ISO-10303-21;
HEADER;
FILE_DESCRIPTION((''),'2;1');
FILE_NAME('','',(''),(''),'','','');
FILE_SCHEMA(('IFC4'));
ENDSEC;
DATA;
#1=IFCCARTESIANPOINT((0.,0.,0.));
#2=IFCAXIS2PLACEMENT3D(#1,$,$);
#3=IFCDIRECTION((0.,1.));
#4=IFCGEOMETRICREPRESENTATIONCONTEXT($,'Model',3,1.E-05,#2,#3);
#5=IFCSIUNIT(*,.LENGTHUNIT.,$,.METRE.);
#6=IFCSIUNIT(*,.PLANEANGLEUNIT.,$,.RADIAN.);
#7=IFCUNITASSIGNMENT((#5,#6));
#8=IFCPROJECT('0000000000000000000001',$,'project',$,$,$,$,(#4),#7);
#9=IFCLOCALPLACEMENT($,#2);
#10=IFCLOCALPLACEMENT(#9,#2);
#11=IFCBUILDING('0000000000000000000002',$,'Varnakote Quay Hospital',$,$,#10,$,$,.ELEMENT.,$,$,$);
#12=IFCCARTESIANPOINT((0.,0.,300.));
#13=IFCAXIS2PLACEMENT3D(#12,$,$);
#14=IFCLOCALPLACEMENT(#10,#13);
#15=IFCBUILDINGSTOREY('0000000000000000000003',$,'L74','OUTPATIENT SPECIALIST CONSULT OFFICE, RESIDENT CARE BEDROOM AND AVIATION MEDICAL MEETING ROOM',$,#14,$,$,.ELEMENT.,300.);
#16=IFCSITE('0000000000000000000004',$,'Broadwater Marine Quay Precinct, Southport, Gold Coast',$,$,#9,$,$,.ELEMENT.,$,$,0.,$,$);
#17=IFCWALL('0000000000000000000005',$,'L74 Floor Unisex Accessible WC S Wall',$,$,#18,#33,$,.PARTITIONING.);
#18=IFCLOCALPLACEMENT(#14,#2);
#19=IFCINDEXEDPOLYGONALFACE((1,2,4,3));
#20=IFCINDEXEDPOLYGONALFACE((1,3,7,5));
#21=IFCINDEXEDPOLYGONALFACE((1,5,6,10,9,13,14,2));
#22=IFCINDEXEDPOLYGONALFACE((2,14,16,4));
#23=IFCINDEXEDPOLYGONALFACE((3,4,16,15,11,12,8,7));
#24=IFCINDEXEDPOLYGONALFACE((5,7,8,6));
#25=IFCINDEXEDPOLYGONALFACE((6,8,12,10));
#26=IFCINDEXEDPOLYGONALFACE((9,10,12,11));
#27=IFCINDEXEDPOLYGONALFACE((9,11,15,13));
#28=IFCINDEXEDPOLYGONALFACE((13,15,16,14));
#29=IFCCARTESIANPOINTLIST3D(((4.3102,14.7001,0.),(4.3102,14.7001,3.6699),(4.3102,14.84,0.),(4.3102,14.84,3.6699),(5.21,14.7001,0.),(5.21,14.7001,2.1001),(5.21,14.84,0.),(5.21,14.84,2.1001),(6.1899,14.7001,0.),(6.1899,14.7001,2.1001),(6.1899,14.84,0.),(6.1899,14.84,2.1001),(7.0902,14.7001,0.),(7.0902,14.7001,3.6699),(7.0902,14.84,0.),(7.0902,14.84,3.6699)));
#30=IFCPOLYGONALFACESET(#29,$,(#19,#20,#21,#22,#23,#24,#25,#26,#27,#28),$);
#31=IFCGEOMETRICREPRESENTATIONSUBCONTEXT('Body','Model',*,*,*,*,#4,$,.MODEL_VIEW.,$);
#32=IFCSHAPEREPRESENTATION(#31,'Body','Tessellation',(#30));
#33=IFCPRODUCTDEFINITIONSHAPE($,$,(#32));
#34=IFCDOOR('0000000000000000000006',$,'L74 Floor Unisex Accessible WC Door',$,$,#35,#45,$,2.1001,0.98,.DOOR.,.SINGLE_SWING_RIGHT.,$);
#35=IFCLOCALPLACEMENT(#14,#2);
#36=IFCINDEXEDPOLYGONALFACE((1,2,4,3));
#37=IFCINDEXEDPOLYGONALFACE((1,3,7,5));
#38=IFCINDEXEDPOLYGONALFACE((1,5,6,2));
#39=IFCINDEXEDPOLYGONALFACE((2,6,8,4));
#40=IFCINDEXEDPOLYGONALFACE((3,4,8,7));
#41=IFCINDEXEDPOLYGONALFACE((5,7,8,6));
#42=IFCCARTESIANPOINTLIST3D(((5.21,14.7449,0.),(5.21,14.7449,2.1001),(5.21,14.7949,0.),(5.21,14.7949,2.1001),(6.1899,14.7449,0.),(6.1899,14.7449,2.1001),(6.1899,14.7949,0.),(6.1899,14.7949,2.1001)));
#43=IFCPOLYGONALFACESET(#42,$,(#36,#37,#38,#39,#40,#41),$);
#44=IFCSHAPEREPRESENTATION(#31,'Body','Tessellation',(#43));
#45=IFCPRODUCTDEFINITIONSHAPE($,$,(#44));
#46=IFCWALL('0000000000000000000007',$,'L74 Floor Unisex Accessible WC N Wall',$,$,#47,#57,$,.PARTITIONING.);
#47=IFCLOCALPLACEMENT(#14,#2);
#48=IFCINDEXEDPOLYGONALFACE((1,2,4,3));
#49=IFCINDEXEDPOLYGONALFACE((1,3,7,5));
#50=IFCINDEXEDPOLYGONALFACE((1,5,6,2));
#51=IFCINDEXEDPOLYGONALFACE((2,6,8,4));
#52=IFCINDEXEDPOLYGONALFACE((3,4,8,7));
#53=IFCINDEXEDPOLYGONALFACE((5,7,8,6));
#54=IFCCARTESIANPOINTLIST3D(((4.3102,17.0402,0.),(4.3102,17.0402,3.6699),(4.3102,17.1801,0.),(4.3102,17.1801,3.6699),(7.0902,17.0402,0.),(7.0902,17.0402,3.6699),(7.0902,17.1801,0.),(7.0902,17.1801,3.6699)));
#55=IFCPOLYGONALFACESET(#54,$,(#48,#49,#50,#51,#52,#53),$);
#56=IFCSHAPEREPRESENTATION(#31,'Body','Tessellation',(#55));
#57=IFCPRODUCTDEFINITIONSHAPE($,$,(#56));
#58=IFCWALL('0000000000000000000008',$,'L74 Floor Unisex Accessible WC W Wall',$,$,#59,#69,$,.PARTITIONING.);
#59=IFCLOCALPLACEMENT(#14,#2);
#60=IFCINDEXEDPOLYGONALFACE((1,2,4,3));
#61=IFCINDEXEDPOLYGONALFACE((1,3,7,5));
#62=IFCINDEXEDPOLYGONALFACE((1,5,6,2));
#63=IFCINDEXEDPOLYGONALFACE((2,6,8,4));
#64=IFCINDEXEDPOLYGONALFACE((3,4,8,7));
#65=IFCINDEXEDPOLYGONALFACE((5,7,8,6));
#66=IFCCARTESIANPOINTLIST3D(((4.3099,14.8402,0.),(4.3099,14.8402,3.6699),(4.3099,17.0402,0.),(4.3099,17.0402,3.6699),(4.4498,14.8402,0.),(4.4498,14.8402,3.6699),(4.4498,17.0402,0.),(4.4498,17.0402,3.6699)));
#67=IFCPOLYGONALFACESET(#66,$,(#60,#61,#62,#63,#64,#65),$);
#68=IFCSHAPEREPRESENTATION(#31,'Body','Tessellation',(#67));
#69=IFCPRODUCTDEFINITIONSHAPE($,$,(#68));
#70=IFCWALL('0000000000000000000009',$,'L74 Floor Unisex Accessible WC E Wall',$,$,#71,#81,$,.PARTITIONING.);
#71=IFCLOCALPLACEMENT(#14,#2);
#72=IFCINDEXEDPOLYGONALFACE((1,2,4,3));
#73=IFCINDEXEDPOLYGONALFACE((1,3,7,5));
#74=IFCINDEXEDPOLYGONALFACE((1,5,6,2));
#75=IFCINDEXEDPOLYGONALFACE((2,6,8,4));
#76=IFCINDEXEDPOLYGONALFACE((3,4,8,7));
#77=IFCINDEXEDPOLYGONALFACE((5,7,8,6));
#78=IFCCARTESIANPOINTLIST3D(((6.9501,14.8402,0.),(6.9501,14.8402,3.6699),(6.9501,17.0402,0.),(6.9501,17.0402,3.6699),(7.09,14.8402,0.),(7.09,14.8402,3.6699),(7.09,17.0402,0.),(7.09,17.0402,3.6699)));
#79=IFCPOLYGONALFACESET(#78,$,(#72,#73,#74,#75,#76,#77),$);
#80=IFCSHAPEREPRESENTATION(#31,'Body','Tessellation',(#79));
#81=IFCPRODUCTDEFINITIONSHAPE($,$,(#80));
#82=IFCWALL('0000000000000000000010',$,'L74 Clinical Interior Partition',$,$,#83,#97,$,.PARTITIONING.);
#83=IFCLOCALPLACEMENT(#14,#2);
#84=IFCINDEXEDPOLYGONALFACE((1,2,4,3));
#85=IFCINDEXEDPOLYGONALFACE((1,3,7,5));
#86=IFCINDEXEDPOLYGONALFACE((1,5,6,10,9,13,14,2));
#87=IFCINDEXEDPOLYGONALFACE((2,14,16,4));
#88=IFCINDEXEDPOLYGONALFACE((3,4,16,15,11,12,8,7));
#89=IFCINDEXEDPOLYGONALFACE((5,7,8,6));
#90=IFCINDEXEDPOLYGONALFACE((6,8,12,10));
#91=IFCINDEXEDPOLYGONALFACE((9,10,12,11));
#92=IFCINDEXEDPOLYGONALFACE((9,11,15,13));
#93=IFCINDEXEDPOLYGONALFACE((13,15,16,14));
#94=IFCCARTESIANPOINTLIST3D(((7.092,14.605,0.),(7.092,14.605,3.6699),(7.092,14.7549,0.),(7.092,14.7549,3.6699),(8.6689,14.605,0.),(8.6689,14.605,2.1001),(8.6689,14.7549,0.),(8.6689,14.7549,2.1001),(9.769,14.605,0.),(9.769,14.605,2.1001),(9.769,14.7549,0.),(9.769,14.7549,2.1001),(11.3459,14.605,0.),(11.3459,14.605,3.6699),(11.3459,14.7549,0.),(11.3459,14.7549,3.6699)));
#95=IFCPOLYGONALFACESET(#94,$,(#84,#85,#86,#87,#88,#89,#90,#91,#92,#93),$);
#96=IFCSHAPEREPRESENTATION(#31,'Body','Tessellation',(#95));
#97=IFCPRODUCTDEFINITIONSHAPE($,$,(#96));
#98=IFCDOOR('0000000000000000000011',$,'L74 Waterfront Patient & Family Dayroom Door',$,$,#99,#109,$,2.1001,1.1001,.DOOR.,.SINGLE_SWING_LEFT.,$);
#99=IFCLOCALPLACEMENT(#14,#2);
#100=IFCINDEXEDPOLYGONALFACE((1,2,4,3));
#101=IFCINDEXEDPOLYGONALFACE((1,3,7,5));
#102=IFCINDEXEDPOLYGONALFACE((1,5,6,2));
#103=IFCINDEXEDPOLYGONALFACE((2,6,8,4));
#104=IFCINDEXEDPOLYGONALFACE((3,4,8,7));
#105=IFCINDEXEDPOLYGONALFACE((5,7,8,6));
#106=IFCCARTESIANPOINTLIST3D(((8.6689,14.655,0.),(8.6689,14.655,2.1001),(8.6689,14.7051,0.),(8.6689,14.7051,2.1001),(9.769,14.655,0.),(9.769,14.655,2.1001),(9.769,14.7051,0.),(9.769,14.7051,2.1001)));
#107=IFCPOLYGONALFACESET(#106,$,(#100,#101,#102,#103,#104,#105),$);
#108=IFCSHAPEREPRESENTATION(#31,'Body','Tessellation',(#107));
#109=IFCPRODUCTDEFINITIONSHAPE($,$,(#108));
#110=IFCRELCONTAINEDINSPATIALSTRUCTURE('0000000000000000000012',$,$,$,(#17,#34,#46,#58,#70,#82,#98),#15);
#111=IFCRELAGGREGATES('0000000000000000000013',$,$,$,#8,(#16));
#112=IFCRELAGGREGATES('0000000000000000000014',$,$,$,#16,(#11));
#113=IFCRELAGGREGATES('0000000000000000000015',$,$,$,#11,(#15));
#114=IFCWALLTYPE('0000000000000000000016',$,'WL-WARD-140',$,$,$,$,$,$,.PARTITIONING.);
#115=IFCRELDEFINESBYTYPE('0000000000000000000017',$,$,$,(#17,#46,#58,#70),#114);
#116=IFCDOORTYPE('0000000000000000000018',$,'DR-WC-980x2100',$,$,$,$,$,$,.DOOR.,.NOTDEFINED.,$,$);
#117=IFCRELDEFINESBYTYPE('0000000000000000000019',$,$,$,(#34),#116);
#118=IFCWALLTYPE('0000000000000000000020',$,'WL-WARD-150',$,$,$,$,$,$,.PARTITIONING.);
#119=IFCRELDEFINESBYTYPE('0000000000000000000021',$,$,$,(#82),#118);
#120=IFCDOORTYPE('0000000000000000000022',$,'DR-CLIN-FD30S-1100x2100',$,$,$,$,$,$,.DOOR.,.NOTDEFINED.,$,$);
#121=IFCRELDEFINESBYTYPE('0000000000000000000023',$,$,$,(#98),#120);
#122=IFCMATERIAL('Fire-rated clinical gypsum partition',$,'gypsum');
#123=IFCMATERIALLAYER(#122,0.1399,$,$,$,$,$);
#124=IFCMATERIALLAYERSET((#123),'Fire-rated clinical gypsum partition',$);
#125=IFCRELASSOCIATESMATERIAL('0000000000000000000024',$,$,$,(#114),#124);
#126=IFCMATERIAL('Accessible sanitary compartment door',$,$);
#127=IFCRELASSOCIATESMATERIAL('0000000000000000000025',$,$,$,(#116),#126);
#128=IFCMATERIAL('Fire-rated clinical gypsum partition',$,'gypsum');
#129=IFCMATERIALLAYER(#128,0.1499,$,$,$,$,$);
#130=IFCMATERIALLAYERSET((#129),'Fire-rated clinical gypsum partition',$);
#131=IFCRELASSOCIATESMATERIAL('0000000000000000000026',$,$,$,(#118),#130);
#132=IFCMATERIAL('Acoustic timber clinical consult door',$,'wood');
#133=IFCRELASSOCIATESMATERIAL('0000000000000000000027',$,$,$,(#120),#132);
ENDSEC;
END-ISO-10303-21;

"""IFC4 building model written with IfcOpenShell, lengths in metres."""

from ifc_helpers import new_model, si_unit, direction, frame, frame_2d, origin, place, context, subcontext, project, spatial, rectangle, extrude, material, layer, layer_set, type_object, element, fill, save


model = new_model("IFC4")

# Units and contexts
model_context = context("Model", 3, precision=1e-05, world=origin(), true_north=direction((0.0, 1.0)))
body_context = subcontext(model_context, "Body", "Model", "MODEL_VIEW")
ifc_project = project(units=[si_unit("LENGTHUNIT", "METRE"), si_unit("PLANEANGLEUNIT", "RADIAN")], contexts=[model_context])

# Site, building, storey
site_placement = place(None, origin())
site = spatial("IfcSite", under=ifc_project, at=site_placement, Name="Broadwater Marine Quay Precinct, Southport, Gold Coast", CompositionType="ELEMENT", RefElevation=0.0)
building_placement = place(site_placement, origin())
building = spatial("IfcBuilding", under=site, at=building_placement, Name="Varnakote Quay Hospital", CompositionType="ELEMENT")
storey_placement = place(building_placement, frame((0.0, 0.0, 300.0)))
storey = spatial("IfcBuildingStorey", under=building, at=storey_placement, Name="L74", Description="OUTPATIENT SPECIALIST CONSULT OFFICE, RESIDENT CARE BEDROOM AND AVIATION MEDICAL MEETING ROOM", CompositionType="ELEMENT", Elevation=300.0)

# Wall, opening, door
ifc_material_1 = material(Name="Fire-rated clinical gypsum partition", Category="gypsum")
ifc_layer_1 = layer(ifc_material_1, 0.1399)
ifc_layer_set_1 = layer_set([ifc_layer_1], Name="Fire-rated clinical gypsum partition")
wall_type_1 = type_object("IfcWallType", Name="WL-WARD-140", PredefinedType="PARTITIONING", material=ifc_layer_set_1)
wall_1_placement = place(storey_placement, frame((4.3101, 14.77, 0.0), z_axis=(0.0, 0.0, 1.0), x_axis=(1.0, 0.0, 0.0)))
wall_1 = element("IfcWall", 1, at=wall_1_placement, inside=storey, type_object=wall_type_1, Name="L74 Floor Unisex Accessible WC S Wall", PredefinedType="PARTITIONING", context=body_context, shape_type="SweptSolid", body=[
    extrude(rectangle(XDim=2.78, YDim=0.1399, at=frame_2d((1.3901, 0.0))), origin(), (0.0, 0.0, 1.0), 3.6699),
])
opening_1_placement = place(wall_1_placement, frame((0.8999, 0.0, 0.0)))
opening_1 = element("IfcOpeningElement", 2, at=opening_1_placement, cuts=wall_1, PredefinedType="OPENING", context=body_context, shape_type="SweptSolid", body=[
    extrude(rectangle(XDim=0.98, YDim=2.1001, at=frame_2d((0.49, 1.05))), frame((0.0, 0.0798, 0.0), z_axis=(0.0, -1.0, 0.0), x_axis=(1.0, 0.0, 0.0)), (0.0, 0.0, 1.0), 0.1599),
])
ifc_material_2 = material(Name="Accessible sanitary compartment door")
door_type_1 = type_object("IfcDoorType", Name="DR-WC-980x2100", OperationType="NOTDEFINED", PredefinedType="DOOR", material=ifc_material_2)
door_1_placement = place(opening_1_placement, origin())
door_1 = element("IfcDoor", 3, at=door_1_placement, inside=storey, type_object=door_type_1, Name="L74 Floor Unisex Accessible WC Door", OperationType="SINGLE_SWING_RIGHT", OverallHeight=2.1001, OverallWidth=0.98, PredefinedType="DOOR", context=body_context, shape_type="SweptSolid", body=[
    extrude(rectangle(XDim=0.98, YDim=2.1001, at=frame_2d((0.49, 1.05))), frame((0.0, 0.0249, 0.0), z_axis=(0.0, -1.0, 0.0), x_axis=(1.0, 0.0, 0.0)), (0.0, 0.0, 1.0), 0.05),
])
fill(opening_1, door_1)

# Walls
wall_2_placement = place(storey_placement, frame((4.3101, 17.1101, 0.0), z_axis=(0.0, 0.0, 1.0), x_axis=(1.0, 0.0, 0.0)))
element("IfcWall", 4, at=wall_2_placement, inside=storey, type_object=wall_type_1, Name="L74 Floor Unisex Accessible WC N Wall", PredefinedType="PARTITIONING", context=body_context, shape_type="SweptSolid", body=[
    extrude(rectangle(XDim=2.78, YDim=0.1399, at=frame_2d((1.3901, 0.0))), origin(), (0.0, 0.0, 1.0), 3.6699),
])
for number, where, z_axis, x_axis, name in (
    (5, (4.3799, 14.8401, 0.0), (0.0, 0.0, 1.0), (0.0, 1.0, 0.0), "L74 Floor Unisex Accessible WC W Wall"),
    (6, (7.02, 14.8401, 0.0), (0.0, 0.0, 1.0), (0.0, 1.0, 0.0), "L74 Floor Unisex Accessible WC E Wall"),
):
    element("IfcWall", number, at=place(storey_placement, frame(where, z_axis=z_axis, x_axis=x_axis)), inside=storey, type_object=wall_type_1, Name=name, PredefinedType="PARTITIONING", context=body_context, shape_type="SweptSolid", body=[
        extrude(rectangle(XDim=2.2, YDim=0.1399, at=frame_2d((1.1001, 0.0))), origin(), (0.0, 0.0, 1.0), 3.6699),
    ])

# Wall, opening, door
ifc_material_3 = material(Name="Fire-rated clinical gypsum partition", Category="gypsum")
ifc_layer_2 = layer(ifc_material_3, 0.1499)
ifc_layer_set_2 = layer_set([ifc_layer_2], Name="Fire-rated clinical gypsum partition")
wall_type_2 = type_object("IfcWallType", Name="WL-WARD-150", PredefinedType="PARTITIONING", material=ifc_layer_set_2)
wall_3_placement = place(storey_placement, frame((11.3459, 14.6799, 0.0), z_axis=(0.0, 0.0, 1.0), x_axis=(-1.0, 0.0, 0.0)))
wall_3 = element("IfcWall", 7, at=wall_3_placement, inside=storey, type_object=wall_type_2, Name="L74 Clinical Interior Partition", PredefinedType="PARTITIONING", context=body_context, shape_type="SweptSolid", body=[
    extrude(rectangle(XDim=4.2539, YDim=0.1499, at=frame_2d((2.127, 0.0))), origin(), (0.0, 0.0, 1.0), 3.6699),
])
opening_2_placement = place(wall_3_placement, frame((1.5769, 0.0, 0.0)))
opening_2 = element("IfcOpeningElement", 8, at=opening_2_placement, cuts=wall_3, PredefinedType="OPENING", context=body_context, shape_type="SweptSolid", body=[
    extrude(rectangle(XDim=1.1001, YDim=2.1001, at=frame_2d((0.55, 1.05))), frame((0.0, 0.085, 0.0), z_axis=(0.0, -1.0, 0.0), x_axis=(1.0, 0.0, 0.0)), (0.0, 0.0, 1.0), 0.1699),
])
ifc_material_4 = material(Name="Acoustic timber clinical consult door", Category="wood")
door_type_2 = type_object("IfcDoorType", Name="DR-CLIN-FD30S-1100x2100", OperationType="NOTDEFINED", PredefinedType="DOOR", material=ifc_material_4)
door_2_placement = place(opening_2_placement, origin())
door_2 = element("IfcDoor", 9, at=door_2_placement, inside=storey, type_object=door_type_2, Name="L74 Waterfront Patient & Family Dayroom Door", OperationType="SINGLE_SWING_LEFT", OverallHeight=2.1001, OverallWidth=1.1001, PredefinedType="DOOR", context=body_context, shape_type="SweptSolid", body=[
    extrude(rectangle(XDim=1.1001, YDim=2.1001, at=frame_2d((0.55, 1.05))), frame((0.0, 0.0249, 0.0), z_axis=(0.0, -1.0, 0.0), x_axis=(1.0, 0.0, 0.0)), (0.0, 0.0, 1.0), 0.05),
])
fill(opening_2, door_2)

save(model, "model.ifc")
